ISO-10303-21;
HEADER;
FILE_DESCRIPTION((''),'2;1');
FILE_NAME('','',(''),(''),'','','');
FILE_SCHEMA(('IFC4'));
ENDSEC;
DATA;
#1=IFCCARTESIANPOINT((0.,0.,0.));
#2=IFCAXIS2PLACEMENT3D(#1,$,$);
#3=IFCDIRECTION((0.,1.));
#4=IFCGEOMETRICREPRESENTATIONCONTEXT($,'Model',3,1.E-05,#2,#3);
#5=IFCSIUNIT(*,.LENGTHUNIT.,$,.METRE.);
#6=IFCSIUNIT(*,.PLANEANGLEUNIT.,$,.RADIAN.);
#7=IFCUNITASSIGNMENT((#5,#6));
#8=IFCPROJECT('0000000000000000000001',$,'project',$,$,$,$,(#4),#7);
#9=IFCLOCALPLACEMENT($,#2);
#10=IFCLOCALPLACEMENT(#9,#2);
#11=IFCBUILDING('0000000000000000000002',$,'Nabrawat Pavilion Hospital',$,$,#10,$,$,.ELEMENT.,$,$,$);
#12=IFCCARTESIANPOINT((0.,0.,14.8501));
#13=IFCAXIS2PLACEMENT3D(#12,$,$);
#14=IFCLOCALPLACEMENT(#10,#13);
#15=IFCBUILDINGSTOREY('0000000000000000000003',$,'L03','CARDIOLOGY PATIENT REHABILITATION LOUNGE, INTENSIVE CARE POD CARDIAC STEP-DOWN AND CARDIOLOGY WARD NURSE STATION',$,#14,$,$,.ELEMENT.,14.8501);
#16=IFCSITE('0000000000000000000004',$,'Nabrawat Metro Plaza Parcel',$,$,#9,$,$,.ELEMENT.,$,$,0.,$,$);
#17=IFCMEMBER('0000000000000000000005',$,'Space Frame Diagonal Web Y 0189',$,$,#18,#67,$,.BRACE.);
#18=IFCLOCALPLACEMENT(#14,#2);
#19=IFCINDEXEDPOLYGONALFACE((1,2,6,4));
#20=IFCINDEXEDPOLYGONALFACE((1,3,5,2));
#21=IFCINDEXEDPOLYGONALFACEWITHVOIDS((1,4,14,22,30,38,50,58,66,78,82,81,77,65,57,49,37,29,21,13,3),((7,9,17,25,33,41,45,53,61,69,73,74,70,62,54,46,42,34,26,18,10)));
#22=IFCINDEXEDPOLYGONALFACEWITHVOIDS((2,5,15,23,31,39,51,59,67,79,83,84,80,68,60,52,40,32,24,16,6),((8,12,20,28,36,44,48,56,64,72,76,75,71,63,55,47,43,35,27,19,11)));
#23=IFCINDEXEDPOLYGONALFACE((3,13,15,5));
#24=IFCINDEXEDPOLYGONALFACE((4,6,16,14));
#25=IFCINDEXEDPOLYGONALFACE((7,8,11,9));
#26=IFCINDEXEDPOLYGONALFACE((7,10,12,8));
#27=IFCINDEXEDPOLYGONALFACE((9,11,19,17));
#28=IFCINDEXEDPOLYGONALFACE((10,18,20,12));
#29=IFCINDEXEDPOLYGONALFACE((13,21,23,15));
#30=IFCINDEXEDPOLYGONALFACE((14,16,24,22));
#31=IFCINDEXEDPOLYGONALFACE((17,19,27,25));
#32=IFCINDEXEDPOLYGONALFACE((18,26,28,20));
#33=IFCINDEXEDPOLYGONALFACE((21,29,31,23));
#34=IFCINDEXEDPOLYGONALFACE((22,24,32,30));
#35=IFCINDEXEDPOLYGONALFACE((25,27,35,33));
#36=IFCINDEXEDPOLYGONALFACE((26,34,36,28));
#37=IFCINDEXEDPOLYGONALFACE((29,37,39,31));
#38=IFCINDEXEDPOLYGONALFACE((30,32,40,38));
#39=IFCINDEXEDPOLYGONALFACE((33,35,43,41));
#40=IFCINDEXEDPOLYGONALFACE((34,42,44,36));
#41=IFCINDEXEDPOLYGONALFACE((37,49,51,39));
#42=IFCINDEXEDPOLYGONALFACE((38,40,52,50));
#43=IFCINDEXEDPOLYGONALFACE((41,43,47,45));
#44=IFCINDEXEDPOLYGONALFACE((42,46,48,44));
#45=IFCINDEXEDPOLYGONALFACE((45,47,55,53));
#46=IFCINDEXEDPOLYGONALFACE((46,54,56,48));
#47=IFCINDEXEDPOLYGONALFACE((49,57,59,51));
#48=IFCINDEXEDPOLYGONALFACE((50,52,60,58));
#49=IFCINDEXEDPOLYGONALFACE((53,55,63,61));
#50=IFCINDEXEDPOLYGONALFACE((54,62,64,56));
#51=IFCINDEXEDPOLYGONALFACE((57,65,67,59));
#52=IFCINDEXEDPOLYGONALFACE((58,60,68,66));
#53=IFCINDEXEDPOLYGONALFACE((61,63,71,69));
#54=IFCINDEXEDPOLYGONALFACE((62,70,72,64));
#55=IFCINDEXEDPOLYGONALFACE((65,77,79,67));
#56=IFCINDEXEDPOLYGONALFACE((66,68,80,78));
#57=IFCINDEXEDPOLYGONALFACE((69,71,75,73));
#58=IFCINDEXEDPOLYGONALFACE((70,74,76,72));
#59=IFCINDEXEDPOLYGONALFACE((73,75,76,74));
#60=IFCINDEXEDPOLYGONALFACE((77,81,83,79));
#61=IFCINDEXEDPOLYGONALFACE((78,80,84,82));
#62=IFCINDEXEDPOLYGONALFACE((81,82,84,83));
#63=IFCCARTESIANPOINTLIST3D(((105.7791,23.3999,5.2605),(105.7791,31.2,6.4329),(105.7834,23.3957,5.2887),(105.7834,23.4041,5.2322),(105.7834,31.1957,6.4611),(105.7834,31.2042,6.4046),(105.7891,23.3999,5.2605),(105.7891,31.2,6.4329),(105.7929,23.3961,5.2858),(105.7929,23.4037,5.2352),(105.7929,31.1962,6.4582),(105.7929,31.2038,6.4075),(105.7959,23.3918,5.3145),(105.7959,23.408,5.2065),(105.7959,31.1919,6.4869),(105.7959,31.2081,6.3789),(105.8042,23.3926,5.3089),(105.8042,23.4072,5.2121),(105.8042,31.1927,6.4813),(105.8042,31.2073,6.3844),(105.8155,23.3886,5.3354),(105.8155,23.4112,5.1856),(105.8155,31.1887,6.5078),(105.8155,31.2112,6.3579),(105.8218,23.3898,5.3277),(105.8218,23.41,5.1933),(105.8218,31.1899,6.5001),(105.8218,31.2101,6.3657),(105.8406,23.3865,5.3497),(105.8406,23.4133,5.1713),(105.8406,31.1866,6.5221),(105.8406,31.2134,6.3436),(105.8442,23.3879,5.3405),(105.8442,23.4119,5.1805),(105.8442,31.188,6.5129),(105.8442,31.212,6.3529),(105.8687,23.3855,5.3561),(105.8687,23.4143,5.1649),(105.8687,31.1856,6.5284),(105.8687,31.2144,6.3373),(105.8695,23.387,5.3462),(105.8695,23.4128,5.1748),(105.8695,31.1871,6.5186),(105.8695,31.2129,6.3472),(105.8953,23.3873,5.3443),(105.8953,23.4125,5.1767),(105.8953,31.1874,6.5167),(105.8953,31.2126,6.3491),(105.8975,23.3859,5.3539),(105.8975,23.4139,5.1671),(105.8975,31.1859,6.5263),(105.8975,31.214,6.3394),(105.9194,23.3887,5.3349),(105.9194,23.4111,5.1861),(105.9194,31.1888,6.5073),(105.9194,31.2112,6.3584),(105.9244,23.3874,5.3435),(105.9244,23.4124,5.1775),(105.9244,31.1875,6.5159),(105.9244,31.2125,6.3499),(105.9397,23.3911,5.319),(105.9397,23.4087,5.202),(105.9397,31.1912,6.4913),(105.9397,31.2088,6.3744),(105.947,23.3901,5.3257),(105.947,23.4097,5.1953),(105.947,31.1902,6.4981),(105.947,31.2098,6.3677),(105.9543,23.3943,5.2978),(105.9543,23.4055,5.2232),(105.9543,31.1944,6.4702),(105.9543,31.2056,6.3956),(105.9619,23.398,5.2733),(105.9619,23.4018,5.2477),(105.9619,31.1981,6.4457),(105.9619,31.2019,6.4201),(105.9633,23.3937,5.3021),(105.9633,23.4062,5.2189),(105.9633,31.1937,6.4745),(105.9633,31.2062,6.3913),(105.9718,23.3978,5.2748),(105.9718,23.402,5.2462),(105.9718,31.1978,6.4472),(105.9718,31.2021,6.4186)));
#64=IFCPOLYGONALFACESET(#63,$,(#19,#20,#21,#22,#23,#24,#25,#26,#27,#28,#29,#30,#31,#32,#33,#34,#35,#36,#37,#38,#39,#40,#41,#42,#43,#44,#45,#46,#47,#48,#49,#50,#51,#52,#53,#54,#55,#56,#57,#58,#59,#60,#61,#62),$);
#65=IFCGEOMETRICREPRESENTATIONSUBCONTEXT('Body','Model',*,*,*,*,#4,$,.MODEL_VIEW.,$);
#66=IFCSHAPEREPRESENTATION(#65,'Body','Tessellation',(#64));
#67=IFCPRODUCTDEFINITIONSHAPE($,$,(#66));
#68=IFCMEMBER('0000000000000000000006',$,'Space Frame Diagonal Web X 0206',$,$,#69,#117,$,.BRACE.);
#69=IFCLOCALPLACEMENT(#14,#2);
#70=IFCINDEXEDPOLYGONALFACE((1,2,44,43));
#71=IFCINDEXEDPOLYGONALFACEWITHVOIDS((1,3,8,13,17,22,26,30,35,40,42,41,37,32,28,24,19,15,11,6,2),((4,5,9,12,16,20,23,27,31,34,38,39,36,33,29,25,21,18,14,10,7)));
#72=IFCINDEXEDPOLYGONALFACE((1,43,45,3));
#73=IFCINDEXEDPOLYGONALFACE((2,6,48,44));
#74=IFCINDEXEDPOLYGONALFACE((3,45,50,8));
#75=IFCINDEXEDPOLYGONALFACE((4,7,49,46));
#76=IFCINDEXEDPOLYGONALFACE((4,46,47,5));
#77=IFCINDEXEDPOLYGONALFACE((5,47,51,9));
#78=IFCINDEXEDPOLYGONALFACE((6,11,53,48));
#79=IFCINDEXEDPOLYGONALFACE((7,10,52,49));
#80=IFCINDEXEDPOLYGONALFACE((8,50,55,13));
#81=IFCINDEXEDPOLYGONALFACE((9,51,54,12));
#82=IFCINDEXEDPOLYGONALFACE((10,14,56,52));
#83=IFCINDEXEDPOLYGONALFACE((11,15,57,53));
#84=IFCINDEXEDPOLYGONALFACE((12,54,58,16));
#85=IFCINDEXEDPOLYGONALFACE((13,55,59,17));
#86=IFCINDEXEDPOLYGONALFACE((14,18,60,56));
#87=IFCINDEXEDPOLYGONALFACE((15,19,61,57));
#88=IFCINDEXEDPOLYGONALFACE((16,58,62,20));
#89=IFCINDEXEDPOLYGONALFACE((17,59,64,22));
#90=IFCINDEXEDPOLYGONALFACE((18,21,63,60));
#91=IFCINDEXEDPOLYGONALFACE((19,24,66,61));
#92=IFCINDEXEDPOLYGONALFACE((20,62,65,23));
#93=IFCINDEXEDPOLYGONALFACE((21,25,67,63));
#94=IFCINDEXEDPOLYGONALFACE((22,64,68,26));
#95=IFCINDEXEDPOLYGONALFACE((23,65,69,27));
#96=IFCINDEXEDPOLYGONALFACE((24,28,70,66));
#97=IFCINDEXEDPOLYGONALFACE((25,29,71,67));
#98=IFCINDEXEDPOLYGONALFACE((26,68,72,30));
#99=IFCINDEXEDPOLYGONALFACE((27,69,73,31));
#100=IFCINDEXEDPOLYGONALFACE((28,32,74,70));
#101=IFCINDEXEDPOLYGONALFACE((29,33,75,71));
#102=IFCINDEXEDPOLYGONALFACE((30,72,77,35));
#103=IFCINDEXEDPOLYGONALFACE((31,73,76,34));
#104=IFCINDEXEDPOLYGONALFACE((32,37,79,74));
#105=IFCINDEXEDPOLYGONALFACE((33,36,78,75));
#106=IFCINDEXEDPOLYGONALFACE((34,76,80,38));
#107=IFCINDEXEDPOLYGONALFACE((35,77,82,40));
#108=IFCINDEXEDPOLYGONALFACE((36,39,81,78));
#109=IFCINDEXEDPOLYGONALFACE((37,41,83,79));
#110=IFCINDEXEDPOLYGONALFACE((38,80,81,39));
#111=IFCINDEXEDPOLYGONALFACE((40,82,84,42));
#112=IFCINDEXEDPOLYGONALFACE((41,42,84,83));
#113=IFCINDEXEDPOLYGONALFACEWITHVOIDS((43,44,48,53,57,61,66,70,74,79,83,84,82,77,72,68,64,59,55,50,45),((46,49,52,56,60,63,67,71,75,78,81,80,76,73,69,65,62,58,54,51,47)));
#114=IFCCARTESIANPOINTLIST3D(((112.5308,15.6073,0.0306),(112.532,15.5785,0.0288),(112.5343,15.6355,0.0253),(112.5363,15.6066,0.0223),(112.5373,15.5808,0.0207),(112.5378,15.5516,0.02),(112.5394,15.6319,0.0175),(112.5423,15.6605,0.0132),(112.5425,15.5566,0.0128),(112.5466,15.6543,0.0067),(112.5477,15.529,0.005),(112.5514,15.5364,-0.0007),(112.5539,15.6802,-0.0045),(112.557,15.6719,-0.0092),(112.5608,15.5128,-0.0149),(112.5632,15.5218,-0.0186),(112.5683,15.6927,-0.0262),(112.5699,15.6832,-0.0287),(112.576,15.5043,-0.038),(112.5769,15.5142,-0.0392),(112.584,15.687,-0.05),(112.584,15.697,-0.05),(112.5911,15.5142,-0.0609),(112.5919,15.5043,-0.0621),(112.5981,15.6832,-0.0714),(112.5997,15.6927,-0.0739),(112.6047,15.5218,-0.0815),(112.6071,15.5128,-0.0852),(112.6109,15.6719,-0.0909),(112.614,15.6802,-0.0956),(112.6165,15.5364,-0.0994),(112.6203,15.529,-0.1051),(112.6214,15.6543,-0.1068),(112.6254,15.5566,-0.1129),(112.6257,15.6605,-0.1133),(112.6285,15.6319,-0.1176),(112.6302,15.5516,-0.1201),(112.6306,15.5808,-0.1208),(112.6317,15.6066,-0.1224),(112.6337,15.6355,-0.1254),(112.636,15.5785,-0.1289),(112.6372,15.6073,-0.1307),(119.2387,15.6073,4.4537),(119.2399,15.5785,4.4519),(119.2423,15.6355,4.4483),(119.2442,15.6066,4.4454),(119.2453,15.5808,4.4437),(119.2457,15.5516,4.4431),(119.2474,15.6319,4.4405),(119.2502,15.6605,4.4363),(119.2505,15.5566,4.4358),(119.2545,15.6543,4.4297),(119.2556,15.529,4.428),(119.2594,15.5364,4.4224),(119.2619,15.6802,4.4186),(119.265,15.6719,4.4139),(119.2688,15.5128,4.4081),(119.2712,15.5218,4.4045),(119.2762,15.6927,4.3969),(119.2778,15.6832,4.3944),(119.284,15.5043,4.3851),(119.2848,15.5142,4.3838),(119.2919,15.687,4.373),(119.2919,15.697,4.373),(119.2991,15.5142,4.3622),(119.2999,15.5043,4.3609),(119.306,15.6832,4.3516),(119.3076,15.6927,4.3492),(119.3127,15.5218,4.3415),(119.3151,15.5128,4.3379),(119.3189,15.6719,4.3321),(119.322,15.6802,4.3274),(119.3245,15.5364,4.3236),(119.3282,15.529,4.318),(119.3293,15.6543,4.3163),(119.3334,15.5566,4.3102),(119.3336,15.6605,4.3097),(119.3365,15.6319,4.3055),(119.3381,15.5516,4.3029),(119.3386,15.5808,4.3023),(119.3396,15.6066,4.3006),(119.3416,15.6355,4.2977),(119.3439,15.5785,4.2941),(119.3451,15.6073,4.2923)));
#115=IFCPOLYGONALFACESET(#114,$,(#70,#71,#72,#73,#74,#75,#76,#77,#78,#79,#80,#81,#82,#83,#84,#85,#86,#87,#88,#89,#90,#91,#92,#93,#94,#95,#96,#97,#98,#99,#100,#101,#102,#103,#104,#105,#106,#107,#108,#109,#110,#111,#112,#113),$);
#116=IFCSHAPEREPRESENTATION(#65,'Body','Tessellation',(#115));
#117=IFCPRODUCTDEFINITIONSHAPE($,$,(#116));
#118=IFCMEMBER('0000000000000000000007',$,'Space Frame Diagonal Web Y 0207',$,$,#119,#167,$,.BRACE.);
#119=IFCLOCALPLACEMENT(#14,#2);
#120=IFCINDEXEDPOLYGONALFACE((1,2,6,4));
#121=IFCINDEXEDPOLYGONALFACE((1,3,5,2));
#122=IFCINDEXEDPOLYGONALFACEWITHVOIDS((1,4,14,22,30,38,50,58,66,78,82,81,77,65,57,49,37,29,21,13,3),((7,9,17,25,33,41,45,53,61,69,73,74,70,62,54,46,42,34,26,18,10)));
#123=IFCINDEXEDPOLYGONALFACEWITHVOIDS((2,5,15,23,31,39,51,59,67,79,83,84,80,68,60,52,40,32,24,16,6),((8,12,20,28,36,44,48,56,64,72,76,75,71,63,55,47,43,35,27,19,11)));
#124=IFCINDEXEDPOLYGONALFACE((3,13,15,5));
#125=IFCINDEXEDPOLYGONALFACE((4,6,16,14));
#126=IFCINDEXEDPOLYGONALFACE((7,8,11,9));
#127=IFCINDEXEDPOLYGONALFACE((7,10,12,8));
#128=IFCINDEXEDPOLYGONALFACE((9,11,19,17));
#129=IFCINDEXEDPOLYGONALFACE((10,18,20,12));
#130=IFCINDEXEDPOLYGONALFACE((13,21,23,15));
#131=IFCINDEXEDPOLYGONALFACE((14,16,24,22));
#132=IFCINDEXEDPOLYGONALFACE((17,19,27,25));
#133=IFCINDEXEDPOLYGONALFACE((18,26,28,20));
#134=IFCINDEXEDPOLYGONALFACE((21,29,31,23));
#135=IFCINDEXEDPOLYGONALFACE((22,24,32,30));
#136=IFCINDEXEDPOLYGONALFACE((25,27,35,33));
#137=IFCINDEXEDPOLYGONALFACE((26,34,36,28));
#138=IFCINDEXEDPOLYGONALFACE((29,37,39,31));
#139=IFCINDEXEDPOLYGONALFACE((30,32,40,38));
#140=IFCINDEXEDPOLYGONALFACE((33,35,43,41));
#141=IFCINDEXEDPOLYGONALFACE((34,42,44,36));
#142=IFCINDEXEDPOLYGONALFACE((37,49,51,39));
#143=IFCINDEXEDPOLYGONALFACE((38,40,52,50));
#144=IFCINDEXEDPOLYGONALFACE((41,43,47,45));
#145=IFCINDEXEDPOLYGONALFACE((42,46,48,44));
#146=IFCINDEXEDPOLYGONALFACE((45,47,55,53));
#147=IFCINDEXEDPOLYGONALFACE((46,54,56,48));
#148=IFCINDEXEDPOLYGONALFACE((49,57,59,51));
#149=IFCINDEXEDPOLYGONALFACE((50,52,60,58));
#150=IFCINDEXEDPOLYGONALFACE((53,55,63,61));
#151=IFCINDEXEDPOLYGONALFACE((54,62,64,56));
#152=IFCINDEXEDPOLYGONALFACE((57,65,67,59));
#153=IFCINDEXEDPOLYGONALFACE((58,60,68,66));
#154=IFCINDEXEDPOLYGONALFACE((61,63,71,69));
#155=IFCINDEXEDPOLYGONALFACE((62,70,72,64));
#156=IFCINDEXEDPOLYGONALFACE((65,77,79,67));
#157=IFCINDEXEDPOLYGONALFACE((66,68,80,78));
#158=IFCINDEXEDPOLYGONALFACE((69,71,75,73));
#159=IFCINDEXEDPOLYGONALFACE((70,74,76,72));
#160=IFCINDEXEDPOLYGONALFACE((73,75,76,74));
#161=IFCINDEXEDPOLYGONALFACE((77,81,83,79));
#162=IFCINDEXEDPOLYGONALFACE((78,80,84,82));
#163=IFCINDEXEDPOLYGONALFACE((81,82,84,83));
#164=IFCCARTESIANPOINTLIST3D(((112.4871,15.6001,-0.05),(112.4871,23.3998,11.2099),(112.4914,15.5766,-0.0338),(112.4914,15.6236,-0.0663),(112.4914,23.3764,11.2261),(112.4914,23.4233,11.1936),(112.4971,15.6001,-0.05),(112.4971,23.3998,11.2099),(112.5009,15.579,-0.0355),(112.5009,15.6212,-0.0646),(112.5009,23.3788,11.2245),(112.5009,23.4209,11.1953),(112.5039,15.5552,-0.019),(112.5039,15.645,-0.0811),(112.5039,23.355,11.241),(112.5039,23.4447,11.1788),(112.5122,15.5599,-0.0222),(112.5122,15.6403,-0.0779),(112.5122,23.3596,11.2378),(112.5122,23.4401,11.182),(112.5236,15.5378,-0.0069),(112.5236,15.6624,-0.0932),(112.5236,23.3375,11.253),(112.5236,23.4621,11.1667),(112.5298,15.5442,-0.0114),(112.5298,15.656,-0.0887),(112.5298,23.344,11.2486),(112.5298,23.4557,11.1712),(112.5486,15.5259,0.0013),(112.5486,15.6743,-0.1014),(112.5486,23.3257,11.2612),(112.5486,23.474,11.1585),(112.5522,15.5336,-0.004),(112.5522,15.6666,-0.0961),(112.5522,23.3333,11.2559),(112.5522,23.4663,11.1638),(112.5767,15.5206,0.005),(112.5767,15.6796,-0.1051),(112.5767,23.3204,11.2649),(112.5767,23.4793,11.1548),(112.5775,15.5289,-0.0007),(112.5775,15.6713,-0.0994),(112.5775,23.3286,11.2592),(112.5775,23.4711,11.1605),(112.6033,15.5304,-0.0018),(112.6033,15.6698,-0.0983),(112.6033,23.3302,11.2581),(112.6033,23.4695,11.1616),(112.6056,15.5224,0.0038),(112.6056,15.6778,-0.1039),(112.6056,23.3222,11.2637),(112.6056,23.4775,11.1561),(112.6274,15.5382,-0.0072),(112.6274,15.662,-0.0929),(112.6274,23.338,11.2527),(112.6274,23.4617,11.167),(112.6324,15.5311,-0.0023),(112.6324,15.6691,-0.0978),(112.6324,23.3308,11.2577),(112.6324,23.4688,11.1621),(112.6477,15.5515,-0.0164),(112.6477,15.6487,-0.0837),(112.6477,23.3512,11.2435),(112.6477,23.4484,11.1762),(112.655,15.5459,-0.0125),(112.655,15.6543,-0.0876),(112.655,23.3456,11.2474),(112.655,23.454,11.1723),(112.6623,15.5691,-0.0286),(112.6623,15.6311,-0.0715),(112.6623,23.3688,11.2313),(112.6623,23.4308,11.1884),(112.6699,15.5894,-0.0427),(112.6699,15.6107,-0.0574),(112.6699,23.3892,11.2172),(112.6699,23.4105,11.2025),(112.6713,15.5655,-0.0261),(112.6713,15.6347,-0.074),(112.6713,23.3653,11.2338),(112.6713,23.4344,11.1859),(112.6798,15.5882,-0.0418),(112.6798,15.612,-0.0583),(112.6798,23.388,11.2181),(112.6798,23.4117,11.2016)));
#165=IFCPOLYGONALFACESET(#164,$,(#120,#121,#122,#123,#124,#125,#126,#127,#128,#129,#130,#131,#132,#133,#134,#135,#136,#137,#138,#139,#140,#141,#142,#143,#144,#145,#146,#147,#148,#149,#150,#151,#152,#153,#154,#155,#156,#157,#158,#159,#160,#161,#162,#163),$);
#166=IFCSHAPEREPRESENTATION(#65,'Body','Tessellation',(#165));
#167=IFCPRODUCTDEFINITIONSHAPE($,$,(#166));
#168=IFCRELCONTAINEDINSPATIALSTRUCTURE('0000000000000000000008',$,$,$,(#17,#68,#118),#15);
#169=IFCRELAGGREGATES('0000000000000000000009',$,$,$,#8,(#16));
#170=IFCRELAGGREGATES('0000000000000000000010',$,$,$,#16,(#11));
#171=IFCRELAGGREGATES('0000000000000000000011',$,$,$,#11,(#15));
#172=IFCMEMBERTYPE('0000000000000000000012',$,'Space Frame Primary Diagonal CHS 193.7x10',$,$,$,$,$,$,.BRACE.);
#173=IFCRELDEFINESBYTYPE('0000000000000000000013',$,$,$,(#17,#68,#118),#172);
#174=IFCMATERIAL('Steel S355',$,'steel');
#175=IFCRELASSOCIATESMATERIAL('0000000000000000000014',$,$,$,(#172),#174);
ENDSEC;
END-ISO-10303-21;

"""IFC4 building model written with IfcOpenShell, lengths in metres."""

from ifc_helpers import new_model, si_unit, direction, frame, origin, origin_2d, place, context, subcontext, project, spatial, hollow_circle, extrude, material, material_profile, profile_set, type_object, element, save


model = new_model("IFC4")

# Units and contexts
model_context = context("Model", 3, precision=1e-05, world=origin(), true_north=direction((0.0, 1.0)))
body_context = subcontext(model_context, "Body", "Model", "MODEL_VIEW")
ifc_project = project(units=[si_unit("LENGTHUNIT", "METRE"), si_unit("PLANEANGLEUNIT", "RADIAN")], contexts=[model_context])

# Site, building, storey
site_placement = place(None, origin())
site = spatial("IfcSite", under=ifc_project, at=site_placement, Name="Nabrawat Metro Plaza Parcel", CompositionType="ELEMENT", RefElevation=0.0)
building_placement = place(site_placement, origin())
building = spatial("IfcBuilding", under=site, at=building_placement, Name="Nabrawat Pavilion Hospital", CompositionType="ELEMENT")
storey_placement = place(building_placement, frame((0.0, 0.0, 14.8501)))
storey = spatial("IfcBuildingStorey", under=building, at=storey_placement, Name="L03", Description="CARDIOLOGY PATIENT REHABILITATION LOUNGE, INTENSIVE CARE POD CARDIAC STEP-DOWN AND CARDIOLOGY WARD NURSE STATION", CompositionType="ELEMENT", Elevation=14.8501)

# Shared definitions
ifc_material = material(Name="Steel S355", Category="steel")

# Members
ifc_material_profile_1 = material_profile(ifc_material, hollow_circle(Radius=0.0969, WallThickness=0.01, at=origin_2d()), Name="CHS 193.7x10")
ifc_profile_set_1 = profile_set([ifc_material_profile_1], Name="Steel S355")
member_type_1 = type_object("IfcMemberType", Name="Space Frame Primary Diagonal CHS 193.7x10", PredefinedType="BRACE", material=ifc_profile_set_1)
member_1_placement = place(storey_placement, frame((105.876, 23.3999, 5.2605), z_axis=(0.0, 0.988892, 0.148633), x_axis=(-1.0, 0.0, 0.0)))
element("IfcMember", 1, at=member_1_placement, inside=storey, type_object=member_type_1, Name="Space Frame Diagonal Web Y 0189", PredefinedType="BRACE", context=body_context, shape_type="SweptSolid", body=[
    extrude(hollow_circle(Radius=0.0969, WallThickness=0.01, at=origin_2d()), origin(), (0.0, 0.0, 1.0), 7.8877),
])
member_2_placement = place(storey_placement, frame((112.584, 15.6001, -0.05), z_axis=(0.834849, 0.0, 0.550479), x_axis=(0.0, 1.0, 0.0)))
element("IfcMember", 2, at=member_2_placement, inside=storey, type_object=member_type_1, Name="Space Frame Diagonal Web X 0206", PredefinedType="BRACE", context=body_context, shape_type="SweptSolid", body=[
    extrude(hollow_circle(Radius=0.0969, WallThickness=0.01, at=origin_2d()), origin(), (0.0, 0.0, 1.0), 8.0349),
])
member_3_placement = place(storey_placement, frame((112.584, 15.6001, -0.05), z_axis=(0.0, 0.569428, 0.822041), x_axis=(-1.0, 0.0, 0.0)))
element("IfcMember", 3, at=member_3_placement, inside=storey, type_object=member_type_1, Name="Space Frame Diagonal Web Y 0207", PredefinedType="BRACE", context=body_context, shape_type="SweptSolid", body=[
    extrude(hollow_circle(Radius=0.0969, WallThickness=0.01, at=origin_2d()), origin(), (0.0, 0.0, 1.0), 13.6975),
])

save(model, "model.ifc")
